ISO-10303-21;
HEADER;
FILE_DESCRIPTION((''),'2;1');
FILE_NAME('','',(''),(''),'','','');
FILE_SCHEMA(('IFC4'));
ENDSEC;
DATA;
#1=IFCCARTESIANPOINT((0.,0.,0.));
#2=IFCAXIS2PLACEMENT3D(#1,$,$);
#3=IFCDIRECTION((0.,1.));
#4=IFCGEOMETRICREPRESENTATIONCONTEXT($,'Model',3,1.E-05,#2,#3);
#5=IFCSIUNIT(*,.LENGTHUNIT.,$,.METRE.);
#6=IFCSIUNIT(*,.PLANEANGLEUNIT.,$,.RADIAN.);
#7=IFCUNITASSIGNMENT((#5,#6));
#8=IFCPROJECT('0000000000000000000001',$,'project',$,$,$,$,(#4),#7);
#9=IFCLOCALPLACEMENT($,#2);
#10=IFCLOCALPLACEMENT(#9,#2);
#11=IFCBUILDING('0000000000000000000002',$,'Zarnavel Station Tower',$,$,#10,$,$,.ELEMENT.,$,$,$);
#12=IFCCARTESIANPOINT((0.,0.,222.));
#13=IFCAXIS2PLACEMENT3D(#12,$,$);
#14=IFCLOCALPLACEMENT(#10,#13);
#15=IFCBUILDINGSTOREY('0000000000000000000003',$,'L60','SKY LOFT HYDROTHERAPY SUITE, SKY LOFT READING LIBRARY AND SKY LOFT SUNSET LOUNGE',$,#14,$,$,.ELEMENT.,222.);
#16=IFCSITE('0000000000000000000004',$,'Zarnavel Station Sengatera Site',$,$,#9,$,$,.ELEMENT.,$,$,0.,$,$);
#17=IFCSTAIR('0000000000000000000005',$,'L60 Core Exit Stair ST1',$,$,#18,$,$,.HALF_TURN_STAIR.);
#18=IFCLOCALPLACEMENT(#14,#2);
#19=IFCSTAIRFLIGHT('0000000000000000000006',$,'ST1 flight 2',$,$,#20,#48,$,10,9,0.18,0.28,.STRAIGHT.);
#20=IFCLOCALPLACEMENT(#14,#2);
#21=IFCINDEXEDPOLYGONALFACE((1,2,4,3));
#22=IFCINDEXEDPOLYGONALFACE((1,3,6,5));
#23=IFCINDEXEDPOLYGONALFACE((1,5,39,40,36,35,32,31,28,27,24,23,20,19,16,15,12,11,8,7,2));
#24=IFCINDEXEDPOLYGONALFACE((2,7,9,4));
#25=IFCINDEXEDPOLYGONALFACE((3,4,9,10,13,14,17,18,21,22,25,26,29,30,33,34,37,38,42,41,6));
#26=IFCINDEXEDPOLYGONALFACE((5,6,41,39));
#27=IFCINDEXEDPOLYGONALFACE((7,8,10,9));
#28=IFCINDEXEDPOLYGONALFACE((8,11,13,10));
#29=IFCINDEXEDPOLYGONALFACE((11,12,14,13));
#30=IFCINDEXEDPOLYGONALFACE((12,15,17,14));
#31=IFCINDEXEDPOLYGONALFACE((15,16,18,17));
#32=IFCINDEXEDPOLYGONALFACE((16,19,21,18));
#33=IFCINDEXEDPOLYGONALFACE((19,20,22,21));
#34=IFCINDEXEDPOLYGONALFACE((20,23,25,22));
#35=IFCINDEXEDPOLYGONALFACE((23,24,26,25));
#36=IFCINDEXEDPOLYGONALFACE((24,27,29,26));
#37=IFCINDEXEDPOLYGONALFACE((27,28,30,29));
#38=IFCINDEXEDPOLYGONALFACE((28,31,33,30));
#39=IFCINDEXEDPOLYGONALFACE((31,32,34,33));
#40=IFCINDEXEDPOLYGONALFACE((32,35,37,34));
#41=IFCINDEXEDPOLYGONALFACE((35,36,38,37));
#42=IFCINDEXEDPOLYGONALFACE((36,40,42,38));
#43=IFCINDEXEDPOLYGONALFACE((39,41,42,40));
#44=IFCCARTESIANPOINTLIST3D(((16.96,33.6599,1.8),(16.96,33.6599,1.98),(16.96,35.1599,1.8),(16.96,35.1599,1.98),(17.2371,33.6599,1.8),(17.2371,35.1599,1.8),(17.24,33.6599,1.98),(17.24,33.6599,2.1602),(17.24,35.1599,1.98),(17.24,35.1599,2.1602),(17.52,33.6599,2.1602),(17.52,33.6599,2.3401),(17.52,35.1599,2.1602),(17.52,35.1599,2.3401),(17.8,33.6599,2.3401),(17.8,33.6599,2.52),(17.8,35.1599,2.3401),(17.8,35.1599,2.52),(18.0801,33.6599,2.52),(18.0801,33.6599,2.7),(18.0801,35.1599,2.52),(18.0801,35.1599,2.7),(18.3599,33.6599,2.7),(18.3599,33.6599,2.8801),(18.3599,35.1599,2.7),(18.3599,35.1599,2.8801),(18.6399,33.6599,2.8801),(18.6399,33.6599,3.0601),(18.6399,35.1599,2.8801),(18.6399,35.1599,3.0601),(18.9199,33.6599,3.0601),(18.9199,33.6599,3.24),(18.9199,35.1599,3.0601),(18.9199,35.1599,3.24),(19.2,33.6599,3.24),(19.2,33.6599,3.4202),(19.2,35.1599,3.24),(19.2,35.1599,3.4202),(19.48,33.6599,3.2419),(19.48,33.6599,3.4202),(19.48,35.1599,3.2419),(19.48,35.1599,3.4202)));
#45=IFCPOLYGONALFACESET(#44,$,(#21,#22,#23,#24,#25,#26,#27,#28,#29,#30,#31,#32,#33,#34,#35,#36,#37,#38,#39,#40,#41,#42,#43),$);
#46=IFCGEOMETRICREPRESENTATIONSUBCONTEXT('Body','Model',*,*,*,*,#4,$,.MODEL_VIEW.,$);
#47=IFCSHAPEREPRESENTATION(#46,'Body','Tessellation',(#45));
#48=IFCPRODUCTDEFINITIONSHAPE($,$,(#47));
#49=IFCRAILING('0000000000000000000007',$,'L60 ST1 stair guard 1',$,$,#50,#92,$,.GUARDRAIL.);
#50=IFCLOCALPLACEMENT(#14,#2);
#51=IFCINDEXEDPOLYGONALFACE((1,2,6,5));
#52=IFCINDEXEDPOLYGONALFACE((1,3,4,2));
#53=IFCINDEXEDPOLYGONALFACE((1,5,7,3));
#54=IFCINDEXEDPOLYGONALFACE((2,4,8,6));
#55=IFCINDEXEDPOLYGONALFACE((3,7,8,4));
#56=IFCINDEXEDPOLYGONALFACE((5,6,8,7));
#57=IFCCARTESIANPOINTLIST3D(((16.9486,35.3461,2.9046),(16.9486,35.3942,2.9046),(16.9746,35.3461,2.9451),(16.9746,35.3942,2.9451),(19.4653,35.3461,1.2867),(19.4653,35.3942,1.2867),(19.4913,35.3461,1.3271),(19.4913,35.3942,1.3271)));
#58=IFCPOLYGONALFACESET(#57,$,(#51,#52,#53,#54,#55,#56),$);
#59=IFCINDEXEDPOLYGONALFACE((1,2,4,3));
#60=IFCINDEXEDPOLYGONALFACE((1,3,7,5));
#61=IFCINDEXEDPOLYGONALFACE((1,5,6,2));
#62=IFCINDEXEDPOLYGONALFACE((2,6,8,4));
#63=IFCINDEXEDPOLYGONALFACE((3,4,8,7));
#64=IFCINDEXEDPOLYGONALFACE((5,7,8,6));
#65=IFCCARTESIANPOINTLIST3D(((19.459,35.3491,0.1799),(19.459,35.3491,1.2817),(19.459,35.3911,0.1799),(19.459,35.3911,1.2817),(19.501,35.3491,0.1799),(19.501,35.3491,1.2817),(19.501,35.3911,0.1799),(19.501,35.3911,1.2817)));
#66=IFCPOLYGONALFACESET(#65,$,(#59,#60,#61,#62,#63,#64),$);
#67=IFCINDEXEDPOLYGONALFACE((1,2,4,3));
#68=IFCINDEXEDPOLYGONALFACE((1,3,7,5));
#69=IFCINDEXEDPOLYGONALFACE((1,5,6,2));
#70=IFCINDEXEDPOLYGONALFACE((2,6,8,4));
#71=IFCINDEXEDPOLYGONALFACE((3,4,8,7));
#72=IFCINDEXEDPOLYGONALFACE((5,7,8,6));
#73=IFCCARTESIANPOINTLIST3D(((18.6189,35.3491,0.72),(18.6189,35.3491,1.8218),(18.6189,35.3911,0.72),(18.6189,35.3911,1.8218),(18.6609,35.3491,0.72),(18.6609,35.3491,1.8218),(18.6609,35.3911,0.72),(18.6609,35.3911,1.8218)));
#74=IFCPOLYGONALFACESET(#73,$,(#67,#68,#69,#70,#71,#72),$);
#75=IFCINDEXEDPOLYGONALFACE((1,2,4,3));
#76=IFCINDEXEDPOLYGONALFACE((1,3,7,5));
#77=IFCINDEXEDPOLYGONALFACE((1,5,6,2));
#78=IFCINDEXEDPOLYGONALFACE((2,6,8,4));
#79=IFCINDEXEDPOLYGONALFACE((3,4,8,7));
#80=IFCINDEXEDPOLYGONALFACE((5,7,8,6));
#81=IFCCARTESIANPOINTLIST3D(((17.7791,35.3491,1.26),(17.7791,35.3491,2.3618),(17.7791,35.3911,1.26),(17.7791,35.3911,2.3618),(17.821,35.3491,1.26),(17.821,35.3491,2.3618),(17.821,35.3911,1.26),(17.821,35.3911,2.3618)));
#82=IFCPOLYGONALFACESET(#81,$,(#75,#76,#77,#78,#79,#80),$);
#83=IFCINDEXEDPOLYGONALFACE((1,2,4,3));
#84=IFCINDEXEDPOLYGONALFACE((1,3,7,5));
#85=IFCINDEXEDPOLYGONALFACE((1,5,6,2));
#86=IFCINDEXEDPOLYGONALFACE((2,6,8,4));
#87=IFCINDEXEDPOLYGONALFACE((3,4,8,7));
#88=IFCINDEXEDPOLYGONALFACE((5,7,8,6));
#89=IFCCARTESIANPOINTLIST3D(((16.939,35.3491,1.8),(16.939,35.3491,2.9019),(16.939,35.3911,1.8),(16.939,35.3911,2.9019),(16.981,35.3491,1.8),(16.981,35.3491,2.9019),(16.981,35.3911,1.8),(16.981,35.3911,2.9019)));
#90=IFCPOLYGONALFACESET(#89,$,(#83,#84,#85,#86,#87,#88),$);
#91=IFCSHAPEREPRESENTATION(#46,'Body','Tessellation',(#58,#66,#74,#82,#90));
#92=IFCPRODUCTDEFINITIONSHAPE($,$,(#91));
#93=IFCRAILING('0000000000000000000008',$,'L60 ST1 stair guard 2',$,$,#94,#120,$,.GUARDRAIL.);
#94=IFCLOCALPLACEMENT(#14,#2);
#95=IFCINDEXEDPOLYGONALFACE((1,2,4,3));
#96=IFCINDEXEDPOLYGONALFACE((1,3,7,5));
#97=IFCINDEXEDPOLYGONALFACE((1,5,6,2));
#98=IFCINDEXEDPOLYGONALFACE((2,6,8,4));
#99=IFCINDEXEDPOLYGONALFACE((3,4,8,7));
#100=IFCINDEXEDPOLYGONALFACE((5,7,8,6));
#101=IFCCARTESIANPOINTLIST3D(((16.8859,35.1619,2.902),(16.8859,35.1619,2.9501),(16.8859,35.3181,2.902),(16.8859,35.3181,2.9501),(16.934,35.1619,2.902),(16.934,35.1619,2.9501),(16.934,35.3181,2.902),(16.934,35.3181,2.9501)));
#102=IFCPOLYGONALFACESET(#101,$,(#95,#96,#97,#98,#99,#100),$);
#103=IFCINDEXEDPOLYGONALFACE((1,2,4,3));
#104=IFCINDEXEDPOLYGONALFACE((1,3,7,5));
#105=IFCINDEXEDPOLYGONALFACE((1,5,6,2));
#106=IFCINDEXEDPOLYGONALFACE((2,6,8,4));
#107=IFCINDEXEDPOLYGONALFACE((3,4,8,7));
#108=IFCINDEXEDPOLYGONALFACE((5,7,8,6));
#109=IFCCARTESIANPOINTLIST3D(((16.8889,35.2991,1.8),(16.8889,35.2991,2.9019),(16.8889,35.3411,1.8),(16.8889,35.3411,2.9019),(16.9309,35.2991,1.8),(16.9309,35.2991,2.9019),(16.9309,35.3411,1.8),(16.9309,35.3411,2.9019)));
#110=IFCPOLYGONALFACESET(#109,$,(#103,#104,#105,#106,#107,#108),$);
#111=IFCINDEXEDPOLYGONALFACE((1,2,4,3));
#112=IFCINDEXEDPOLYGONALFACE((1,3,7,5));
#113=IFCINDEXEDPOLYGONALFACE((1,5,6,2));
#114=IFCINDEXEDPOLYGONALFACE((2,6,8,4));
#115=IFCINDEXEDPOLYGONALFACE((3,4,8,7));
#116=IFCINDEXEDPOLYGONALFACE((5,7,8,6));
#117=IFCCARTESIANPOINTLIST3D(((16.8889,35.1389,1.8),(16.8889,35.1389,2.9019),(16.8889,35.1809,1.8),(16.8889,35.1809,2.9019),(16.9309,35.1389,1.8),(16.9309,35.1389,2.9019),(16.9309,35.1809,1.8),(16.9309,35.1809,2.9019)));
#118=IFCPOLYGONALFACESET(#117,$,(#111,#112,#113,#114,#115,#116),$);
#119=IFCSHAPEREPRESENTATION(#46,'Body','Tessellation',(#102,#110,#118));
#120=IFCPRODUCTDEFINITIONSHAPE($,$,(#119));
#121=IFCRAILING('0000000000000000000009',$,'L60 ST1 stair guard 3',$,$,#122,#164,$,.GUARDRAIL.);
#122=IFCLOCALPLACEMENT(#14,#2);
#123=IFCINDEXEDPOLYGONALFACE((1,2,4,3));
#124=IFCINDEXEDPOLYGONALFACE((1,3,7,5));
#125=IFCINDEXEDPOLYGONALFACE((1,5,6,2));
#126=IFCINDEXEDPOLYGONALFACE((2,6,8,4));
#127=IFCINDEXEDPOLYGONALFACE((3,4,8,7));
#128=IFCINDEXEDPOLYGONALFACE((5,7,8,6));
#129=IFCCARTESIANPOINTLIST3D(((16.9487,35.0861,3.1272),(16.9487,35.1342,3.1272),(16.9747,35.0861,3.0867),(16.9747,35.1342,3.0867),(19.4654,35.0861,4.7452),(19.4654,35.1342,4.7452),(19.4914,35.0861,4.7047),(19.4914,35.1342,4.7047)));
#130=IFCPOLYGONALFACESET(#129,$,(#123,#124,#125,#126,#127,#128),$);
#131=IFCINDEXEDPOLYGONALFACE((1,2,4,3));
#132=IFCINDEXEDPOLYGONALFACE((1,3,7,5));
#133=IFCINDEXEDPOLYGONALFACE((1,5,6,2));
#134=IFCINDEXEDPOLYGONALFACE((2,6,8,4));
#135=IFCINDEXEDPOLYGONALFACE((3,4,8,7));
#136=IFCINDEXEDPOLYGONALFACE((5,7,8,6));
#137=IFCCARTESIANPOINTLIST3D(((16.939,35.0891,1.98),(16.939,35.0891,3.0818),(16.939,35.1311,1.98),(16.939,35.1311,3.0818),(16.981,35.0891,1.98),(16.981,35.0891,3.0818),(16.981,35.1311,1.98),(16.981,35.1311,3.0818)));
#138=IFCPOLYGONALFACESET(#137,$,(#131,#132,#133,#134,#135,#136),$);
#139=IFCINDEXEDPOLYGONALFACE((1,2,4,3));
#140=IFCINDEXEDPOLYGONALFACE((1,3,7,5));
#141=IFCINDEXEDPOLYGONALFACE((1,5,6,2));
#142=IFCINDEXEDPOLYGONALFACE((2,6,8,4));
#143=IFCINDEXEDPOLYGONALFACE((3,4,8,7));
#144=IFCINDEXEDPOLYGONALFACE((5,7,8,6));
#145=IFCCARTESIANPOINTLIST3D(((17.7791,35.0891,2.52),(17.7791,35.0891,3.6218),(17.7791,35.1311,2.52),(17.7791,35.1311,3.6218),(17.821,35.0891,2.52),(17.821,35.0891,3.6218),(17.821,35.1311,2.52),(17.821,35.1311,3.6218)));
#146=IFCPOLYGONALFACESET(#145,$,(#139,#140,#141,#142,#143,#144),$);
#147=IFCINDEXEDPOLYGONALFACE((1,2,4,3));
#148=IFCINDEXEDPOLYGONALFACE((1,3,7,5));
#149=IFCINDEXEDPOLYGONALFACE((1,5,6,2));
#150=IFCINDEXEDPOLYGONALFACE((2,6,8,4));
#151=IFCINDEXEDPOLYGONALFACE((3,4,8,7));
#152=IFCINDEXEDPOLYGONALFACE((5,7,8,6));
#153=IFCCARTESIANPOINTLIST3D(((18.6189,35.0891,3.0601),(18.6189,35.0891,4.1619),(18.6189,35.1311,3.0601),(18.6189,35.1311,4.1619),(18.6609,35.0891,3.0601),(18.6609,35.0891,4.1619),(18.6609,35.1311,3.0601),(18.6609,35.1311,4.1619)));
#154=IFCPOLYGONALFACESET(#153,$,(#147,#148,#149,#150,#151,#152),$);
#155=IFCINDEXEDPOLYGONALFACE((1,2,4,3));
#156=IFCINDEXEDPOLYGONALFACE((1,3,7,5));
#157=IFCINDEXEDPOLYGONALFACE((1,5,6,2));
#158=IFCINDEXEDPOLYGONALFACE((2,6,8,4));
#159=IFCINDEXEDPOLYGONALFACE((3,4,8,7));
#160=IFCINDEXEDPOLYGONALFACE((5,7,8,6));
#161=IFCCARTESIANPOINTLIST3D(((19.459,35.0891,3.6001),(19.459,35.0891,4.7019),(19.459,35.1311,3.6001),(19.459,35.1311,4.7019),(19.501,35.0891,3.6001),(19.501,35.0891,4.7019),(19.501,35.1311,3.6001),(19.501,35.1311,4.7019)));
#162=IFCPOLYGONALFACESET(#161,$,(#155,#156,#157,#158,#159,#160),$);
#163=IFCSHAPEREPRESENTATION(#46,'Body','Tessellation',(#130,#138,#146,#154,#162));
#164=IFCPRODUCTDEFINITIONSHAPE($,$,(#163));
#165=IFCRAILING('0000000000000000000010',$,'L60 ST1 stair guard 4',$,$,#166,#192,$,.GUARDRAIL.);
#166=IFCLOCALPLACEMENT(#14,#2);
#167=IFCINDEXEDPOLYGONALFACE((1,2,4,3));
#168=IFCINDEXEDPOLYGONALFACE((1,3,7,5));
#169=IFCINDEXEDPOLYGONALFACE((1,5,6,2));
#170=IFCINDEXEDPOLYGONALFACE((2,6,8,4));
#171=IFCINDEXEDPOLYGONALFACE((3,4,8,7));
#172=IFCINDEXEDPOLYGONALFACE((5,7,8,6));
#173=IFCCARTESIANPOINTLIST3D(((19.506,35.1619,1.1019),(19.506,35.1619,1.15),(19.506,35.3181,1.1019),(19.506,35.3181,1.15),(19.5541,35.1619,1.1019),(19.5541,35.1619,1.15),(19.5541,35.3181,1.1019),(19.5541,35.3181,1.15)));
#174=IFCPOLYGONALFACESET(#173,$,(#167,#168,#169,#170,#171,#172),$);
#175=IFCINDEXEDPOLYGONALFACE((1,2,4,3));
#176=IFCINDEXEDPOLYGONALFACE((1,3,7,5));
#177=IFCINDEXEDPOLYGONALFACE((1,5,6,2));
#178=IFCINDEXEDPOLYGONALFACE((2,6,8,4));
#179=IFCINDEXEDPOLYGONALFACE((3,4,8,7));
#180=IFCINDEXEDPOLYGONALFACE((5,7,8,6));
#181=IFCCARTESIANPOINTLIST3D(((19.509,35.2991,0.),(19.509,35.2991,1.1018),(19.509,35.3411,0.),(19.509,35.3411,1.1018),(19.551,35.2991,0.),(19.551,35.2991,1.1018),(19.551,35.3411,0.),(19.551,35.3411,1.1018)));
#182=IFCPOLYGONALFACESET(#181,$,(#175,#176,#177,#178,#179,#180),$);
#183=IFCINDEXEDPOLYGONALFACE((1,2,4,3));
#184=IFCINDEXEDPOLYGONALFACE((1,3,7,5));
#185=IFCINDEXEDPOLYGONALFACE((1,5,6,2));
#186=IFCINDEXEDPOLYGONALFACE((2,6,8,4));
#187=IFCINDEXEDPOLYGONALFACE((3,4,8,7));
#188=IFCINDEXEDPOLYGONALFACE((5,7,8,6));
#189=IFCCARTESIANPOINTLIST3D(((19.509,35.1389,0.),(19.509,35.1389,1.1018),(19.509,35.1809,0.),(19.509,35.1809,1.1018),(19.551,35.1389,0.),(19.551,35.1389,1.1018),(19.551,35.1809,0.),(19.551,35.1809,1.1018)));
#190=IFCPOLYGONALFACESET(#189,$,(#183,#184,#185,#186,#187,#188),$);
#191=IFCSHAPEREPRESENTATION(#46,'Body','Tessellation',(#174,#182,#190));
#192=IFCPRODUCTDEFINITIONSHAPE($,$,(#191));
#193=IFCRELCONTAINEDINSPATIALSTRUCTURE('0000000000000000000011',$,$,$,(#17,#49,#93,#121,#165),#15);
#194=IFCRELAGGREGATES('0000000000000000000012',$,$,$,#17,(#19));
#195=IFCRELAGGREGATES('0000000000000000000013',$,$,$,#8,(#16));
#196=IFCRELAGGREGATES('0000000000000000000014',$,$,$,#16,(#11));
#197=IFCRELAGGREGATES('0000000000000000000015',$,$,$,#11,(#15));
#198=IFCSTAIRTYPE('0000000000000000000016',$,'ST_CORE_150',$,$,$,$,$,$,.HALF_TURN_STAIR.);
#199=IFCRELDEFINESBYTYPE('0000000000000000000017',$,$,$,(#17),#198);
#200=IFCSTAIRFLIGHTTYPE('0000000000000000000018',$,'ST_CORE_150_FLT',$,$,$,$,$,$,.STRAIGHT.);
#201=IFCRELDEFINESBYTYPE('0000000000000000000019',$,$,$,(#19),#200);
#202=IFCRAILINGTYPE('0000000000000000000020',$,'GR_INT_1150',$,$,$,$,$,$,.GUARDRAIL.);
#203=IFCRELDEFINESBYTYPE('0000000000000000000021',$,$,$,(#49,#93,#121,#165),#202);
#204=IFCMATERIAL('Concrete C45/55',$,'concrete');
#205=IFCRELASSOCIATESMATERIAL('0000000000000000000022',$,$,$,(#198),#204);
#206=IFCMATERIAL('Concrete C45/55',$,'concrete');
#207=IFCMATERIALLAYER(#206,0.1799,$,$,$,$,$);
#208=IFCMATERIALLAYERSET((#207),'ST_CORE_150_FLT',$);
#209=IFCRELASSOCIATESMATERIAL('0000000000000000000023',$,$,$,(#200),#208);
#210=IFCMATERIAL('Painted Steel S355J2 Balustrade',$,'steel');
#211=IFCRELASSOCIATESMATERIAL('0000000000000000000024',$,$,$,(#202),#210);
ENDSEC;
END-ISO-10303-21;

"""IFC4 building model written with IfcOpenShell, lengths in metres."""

from ifc_helpers import new_model, si_unit, direction, frame, origin, origin_2d, place, context, subcontext, project, spatial, polyline, rectangle, outline, extrude, material, layer, layer_set, type_object, element, aggregate, save


model = new_model("IFC4")

# Units and contexts
model_context = context("Model", 3, precision=1e-05, world=origin(), true_north=direction((0.0, 1.0)))
body_context = subcontext(model_context, "Body", "Model", "MODEL_VIEW")
ifc_project = project(units=[si_unit("LENGTHUNIT", "METRE"), si_unit("PLANEANGLEUNIT", "RADIAN")], contexts=[model_context])

# Site, building, storey
site_placement = place(None, origin())
site = spatial("IfcSite", under=ifc_project, at=site_placement, Name="Zarnavel Station Sengatera Site", CompositionType="ELEMENT", RefElevation=0.0)
building_placement = place(site_placement, origin())
building = spatial("IfcBuilding", under=site, at=building_placement, Name="Zarnavel Station Tower", CompositionType="ELEMENT")
storey_placement = place(building_placement, frame((0.0, 0.0, 222.0)))
storey = spatial("IfcBuildingStorey", under=building, at=storey_placement, Name="L60", Description="SKY LOFT HYDROTHERAPY SUITE, SKY LOFT READING LIBRARY AND SKY LOFT SUNSET LOUNGE", CompositionType="ELEMENT", Elevation=222.0)

# Stair, stair flight
ifc_material_1 = material(Name="Concrete C45/55", Category="concrete")
stair_type = type_object("IfcStairType", Name="ST_CORE_150", PredefinedType="HALF_TURN_STAIR", material=ifc_material_1)
stair_placement = place(storey_placement, origin())
stair = element("IfcStair", 1, at=stair_placement, inside=storey, type_object=stair_type, Name="L60 Core Exit Stair ST1", PredefinedType="HALF_TURN_STAIR")
ifc_material_2 = material(Name="Concrete C45/55", Category="concrete")
ifc_layer_1 = layer(ifc_material_2, 0.1799)
ifc_layer_set_1 = layer_set([ifc_layer_1], Name="ST_CORE_150_FLT")
stair_flight_type = type_object("IfcStairFlightType", Name="ST_CORE_150_FLT", PredefinedType="STRAIGHT", material=ifc_layer_set_1)
stair_flight_1_placement = place(storey_placement, frame((16.96, 34.4099, 1.8), z_axis=(0.0, 0.0, 1.0), x_axis=(1.0, 0.0, 0.0)))
stair_flight_1 = element("IfcStairFlight", 2, at=stair_flight_1_placement, type_object=stair_flight_type, Name="ST1 flight 2", NumberOfRisers=10, NumberOfTreads=9, PredefinedType="STRAIGHT", RiserHeight=0.18, TreadLength=0.28, context=body_context, shape_type="SweptSolid", body=[
    extrude(outline(polyline([(0.0, 0.0), (0.0, 0.1799), (0.28, 0.1799), (0.28, 0.3601), (0.5601, 0.3601), (0.5601, 0.54), (0.8401, 0.54), (0.8401, 0.72), (1.1201, 0.72), (1.1201, 0.8999), (1.3999, 0.8999), (1.3999, 1.0801), (1.6799, 1.0801), (1.6799, 1.26), (1.96, 1.26), (1.96, 1.4399), (2.24, 1.4399), (2.24, 1.6201), (2.52, 1.6201), (2.52, 1.8), (2.52, 1.4419), (0.2771, 0.0), (0.0, 0.0)])), frame((0.0, 0.75, 0.0), z_axis=(0.0, -1.0, 0.0), x_axis=(1.0, 0.0, 0.0)), (0.0, 0.0, 1.0), 1.5),
])
aggregate(stair, [stair_flight_1])

# Railings
ifc_material_3 = material(Name="Painted Steel S355J2 Balustrade", Category="steel")
railing_type_1 = type_object("IfcRailingType", Name="GR_INT_1150", PredefinedType="GUARDRAIL", material=ifc_material_3)
railing_1_placement = place(storey_placement, frame((19.48, 35.3701, 0.1799)))
element("IfcRailing", 3, at=railing_1_placement, inside=storey, type_object=railing_type_1, Name="L60 ST1 stair guard 1", PredefinedType="GUARDRAIL", context=body_context, shape_type="SweptSolid", body=[
    extrude(rectangle(XDim=0.0481, YDim=0.0481, at=origin_2d()), frame((-0.0017, 0.0, 1.127), z_axis=(-0.841163, 0.0, 0.540782), x_axis=(0.0, -1.0, 0.0)), (0.0, 0.0, 1.0), 2.9919),
    extrude(rectangle(XDim=0.042, YDim=0.042, at=origin_2d()), origin(), (0.0, 0.0, 1.0), 1.1018),
    extrude(rectangle(XDim=0.042, YDim=0.042, at=origin_2d()), frame((-0.8401, 0.0, 0.54)), (0.0, 0.0, 1.0), 1.1018),
    extrude(rectangle(XDim=0.042, YDim=0.042, at=origin_2d()), frame((-1.6799, 0.0, 1.0801)), (0.0, 0.0, 1.0), 1.1018),
    extrude(rectangle(XDim=0.042, YDim=0.042, at=origin_2d()), frame((-2.52, 0.0, 1.6201)), (0.0, 0.0, 1.0), 1.1018),
])
railing_2_placement = place(storey_placement, frame((16.9099, 35.3201, 1.8)))
element("IfcRailing", 4, at=railing_2_placement, inside=storey, type_object=railing_type_1, Name="L60 ST1 stair guard 2", PredefinedType="GUARDRAIL", context=body_context, shape_type="SweptSolid", body=[
    extrude(rectangle(XDim=0.0481, YDim=0.0481, at=origin_2d()), frame((0.0, -0.002, 1.126), z_axis=(0.0, -1.0, 0.0), x_axis=(1.0, 0.0, 0.0)), (0.0, 0.0, 1.0), 0.1562),
    extrude(rectangle(XDim=0.042, YDim=0.042, at=origin_2d()), origin(), (0.0, 0.0, 1.0), 1.1018),
    extrude(rectangle(XDim=0.042, YDim=0.042, at=origin_2d()), frame((0.0, -0.1602, 0.0)), (0.0, 0.0, 1.0), 1.1018),
])
railing_3_placement = place(storey_placement, frame((16.96, 35.1101, 1.98)))
element("IfcRailing", 5, at=railing_3_placement, inside=storey, type_object=railing_type_1, Name="L60 ST1 stair guard 3", PredefinedType="GUARDRAIL", context=body_context, shape_type="SweptSolid", body=[
    extrude(rectangle(XDim=0.0481, YDim=0.0481, at=origin_2d()), frame((0.0017, 0.0, 1.127), z_axis=(0.841163, 0.0, 0.540782), x_axis=(0.0, 1.0, 0.0)), (0.0, 0.0, 1.0), 2.9919),
    extrude(rectangle(XDim=0.042, YDim=0.042, at=origin_2d()), origin(), (0.0, 0.0, 1.0), 1.1018),
    extrude(rectangle(XDim=0.042, YDim=0.042, at=origin_2d()), frame((0.8401, 0.0, 0.54)), (0.0, 0.0, 1.0), 1.1018),
    extrude(rectangle(XDim=0.042, YDim=0.042, at=origin_2d()), frame((1.6799, 0.0, 1.0801)), (0.0, 0.0, 1.0), 1.1018),
    extrude(rectangle(XDim=0.042, YDim=0.042, at=origin_2d()), frame((2.52, 0.0, 1.6201)), (0.0, 0.0, 1.0), 1.1018),
])
railing_4_placement = place(storey_placement, frame((19.53, 35.3201, 0.0)))
element("IfcRailing", 6, at=railing_4_placement, inside=storey, type_object=railing_type_1, Name="L60 ST1 stair guard 4", PredefinedType="GUARDRAIL", context=body_context, shape_type="SweptSolid", body=[
    extrude(rectangle(XDim=0.0481, YDim=0.0481, at=origin_2d()), frame((0.0, -0.002, 1.126), z_axis=(0.0, -1.0, 0.0), x_axis=(1.0, 0.0, 0.0)), (0.0, 0.0, 1.0), 0.1562),
    extrude(rectangle(XDim=0.042, YDim=0.042, at=origin_2d()), origin(), (0.0, 0.0, 1.0), 1.1018),
    extrude(rectangle(XDim=0.042, YDim=0.042, at=origin_2d()), frame((0.0, -0.1602, 0.0)), (0.0, 0.0, 1.0), 1.1018),
])

save(model, "model.ifc")
